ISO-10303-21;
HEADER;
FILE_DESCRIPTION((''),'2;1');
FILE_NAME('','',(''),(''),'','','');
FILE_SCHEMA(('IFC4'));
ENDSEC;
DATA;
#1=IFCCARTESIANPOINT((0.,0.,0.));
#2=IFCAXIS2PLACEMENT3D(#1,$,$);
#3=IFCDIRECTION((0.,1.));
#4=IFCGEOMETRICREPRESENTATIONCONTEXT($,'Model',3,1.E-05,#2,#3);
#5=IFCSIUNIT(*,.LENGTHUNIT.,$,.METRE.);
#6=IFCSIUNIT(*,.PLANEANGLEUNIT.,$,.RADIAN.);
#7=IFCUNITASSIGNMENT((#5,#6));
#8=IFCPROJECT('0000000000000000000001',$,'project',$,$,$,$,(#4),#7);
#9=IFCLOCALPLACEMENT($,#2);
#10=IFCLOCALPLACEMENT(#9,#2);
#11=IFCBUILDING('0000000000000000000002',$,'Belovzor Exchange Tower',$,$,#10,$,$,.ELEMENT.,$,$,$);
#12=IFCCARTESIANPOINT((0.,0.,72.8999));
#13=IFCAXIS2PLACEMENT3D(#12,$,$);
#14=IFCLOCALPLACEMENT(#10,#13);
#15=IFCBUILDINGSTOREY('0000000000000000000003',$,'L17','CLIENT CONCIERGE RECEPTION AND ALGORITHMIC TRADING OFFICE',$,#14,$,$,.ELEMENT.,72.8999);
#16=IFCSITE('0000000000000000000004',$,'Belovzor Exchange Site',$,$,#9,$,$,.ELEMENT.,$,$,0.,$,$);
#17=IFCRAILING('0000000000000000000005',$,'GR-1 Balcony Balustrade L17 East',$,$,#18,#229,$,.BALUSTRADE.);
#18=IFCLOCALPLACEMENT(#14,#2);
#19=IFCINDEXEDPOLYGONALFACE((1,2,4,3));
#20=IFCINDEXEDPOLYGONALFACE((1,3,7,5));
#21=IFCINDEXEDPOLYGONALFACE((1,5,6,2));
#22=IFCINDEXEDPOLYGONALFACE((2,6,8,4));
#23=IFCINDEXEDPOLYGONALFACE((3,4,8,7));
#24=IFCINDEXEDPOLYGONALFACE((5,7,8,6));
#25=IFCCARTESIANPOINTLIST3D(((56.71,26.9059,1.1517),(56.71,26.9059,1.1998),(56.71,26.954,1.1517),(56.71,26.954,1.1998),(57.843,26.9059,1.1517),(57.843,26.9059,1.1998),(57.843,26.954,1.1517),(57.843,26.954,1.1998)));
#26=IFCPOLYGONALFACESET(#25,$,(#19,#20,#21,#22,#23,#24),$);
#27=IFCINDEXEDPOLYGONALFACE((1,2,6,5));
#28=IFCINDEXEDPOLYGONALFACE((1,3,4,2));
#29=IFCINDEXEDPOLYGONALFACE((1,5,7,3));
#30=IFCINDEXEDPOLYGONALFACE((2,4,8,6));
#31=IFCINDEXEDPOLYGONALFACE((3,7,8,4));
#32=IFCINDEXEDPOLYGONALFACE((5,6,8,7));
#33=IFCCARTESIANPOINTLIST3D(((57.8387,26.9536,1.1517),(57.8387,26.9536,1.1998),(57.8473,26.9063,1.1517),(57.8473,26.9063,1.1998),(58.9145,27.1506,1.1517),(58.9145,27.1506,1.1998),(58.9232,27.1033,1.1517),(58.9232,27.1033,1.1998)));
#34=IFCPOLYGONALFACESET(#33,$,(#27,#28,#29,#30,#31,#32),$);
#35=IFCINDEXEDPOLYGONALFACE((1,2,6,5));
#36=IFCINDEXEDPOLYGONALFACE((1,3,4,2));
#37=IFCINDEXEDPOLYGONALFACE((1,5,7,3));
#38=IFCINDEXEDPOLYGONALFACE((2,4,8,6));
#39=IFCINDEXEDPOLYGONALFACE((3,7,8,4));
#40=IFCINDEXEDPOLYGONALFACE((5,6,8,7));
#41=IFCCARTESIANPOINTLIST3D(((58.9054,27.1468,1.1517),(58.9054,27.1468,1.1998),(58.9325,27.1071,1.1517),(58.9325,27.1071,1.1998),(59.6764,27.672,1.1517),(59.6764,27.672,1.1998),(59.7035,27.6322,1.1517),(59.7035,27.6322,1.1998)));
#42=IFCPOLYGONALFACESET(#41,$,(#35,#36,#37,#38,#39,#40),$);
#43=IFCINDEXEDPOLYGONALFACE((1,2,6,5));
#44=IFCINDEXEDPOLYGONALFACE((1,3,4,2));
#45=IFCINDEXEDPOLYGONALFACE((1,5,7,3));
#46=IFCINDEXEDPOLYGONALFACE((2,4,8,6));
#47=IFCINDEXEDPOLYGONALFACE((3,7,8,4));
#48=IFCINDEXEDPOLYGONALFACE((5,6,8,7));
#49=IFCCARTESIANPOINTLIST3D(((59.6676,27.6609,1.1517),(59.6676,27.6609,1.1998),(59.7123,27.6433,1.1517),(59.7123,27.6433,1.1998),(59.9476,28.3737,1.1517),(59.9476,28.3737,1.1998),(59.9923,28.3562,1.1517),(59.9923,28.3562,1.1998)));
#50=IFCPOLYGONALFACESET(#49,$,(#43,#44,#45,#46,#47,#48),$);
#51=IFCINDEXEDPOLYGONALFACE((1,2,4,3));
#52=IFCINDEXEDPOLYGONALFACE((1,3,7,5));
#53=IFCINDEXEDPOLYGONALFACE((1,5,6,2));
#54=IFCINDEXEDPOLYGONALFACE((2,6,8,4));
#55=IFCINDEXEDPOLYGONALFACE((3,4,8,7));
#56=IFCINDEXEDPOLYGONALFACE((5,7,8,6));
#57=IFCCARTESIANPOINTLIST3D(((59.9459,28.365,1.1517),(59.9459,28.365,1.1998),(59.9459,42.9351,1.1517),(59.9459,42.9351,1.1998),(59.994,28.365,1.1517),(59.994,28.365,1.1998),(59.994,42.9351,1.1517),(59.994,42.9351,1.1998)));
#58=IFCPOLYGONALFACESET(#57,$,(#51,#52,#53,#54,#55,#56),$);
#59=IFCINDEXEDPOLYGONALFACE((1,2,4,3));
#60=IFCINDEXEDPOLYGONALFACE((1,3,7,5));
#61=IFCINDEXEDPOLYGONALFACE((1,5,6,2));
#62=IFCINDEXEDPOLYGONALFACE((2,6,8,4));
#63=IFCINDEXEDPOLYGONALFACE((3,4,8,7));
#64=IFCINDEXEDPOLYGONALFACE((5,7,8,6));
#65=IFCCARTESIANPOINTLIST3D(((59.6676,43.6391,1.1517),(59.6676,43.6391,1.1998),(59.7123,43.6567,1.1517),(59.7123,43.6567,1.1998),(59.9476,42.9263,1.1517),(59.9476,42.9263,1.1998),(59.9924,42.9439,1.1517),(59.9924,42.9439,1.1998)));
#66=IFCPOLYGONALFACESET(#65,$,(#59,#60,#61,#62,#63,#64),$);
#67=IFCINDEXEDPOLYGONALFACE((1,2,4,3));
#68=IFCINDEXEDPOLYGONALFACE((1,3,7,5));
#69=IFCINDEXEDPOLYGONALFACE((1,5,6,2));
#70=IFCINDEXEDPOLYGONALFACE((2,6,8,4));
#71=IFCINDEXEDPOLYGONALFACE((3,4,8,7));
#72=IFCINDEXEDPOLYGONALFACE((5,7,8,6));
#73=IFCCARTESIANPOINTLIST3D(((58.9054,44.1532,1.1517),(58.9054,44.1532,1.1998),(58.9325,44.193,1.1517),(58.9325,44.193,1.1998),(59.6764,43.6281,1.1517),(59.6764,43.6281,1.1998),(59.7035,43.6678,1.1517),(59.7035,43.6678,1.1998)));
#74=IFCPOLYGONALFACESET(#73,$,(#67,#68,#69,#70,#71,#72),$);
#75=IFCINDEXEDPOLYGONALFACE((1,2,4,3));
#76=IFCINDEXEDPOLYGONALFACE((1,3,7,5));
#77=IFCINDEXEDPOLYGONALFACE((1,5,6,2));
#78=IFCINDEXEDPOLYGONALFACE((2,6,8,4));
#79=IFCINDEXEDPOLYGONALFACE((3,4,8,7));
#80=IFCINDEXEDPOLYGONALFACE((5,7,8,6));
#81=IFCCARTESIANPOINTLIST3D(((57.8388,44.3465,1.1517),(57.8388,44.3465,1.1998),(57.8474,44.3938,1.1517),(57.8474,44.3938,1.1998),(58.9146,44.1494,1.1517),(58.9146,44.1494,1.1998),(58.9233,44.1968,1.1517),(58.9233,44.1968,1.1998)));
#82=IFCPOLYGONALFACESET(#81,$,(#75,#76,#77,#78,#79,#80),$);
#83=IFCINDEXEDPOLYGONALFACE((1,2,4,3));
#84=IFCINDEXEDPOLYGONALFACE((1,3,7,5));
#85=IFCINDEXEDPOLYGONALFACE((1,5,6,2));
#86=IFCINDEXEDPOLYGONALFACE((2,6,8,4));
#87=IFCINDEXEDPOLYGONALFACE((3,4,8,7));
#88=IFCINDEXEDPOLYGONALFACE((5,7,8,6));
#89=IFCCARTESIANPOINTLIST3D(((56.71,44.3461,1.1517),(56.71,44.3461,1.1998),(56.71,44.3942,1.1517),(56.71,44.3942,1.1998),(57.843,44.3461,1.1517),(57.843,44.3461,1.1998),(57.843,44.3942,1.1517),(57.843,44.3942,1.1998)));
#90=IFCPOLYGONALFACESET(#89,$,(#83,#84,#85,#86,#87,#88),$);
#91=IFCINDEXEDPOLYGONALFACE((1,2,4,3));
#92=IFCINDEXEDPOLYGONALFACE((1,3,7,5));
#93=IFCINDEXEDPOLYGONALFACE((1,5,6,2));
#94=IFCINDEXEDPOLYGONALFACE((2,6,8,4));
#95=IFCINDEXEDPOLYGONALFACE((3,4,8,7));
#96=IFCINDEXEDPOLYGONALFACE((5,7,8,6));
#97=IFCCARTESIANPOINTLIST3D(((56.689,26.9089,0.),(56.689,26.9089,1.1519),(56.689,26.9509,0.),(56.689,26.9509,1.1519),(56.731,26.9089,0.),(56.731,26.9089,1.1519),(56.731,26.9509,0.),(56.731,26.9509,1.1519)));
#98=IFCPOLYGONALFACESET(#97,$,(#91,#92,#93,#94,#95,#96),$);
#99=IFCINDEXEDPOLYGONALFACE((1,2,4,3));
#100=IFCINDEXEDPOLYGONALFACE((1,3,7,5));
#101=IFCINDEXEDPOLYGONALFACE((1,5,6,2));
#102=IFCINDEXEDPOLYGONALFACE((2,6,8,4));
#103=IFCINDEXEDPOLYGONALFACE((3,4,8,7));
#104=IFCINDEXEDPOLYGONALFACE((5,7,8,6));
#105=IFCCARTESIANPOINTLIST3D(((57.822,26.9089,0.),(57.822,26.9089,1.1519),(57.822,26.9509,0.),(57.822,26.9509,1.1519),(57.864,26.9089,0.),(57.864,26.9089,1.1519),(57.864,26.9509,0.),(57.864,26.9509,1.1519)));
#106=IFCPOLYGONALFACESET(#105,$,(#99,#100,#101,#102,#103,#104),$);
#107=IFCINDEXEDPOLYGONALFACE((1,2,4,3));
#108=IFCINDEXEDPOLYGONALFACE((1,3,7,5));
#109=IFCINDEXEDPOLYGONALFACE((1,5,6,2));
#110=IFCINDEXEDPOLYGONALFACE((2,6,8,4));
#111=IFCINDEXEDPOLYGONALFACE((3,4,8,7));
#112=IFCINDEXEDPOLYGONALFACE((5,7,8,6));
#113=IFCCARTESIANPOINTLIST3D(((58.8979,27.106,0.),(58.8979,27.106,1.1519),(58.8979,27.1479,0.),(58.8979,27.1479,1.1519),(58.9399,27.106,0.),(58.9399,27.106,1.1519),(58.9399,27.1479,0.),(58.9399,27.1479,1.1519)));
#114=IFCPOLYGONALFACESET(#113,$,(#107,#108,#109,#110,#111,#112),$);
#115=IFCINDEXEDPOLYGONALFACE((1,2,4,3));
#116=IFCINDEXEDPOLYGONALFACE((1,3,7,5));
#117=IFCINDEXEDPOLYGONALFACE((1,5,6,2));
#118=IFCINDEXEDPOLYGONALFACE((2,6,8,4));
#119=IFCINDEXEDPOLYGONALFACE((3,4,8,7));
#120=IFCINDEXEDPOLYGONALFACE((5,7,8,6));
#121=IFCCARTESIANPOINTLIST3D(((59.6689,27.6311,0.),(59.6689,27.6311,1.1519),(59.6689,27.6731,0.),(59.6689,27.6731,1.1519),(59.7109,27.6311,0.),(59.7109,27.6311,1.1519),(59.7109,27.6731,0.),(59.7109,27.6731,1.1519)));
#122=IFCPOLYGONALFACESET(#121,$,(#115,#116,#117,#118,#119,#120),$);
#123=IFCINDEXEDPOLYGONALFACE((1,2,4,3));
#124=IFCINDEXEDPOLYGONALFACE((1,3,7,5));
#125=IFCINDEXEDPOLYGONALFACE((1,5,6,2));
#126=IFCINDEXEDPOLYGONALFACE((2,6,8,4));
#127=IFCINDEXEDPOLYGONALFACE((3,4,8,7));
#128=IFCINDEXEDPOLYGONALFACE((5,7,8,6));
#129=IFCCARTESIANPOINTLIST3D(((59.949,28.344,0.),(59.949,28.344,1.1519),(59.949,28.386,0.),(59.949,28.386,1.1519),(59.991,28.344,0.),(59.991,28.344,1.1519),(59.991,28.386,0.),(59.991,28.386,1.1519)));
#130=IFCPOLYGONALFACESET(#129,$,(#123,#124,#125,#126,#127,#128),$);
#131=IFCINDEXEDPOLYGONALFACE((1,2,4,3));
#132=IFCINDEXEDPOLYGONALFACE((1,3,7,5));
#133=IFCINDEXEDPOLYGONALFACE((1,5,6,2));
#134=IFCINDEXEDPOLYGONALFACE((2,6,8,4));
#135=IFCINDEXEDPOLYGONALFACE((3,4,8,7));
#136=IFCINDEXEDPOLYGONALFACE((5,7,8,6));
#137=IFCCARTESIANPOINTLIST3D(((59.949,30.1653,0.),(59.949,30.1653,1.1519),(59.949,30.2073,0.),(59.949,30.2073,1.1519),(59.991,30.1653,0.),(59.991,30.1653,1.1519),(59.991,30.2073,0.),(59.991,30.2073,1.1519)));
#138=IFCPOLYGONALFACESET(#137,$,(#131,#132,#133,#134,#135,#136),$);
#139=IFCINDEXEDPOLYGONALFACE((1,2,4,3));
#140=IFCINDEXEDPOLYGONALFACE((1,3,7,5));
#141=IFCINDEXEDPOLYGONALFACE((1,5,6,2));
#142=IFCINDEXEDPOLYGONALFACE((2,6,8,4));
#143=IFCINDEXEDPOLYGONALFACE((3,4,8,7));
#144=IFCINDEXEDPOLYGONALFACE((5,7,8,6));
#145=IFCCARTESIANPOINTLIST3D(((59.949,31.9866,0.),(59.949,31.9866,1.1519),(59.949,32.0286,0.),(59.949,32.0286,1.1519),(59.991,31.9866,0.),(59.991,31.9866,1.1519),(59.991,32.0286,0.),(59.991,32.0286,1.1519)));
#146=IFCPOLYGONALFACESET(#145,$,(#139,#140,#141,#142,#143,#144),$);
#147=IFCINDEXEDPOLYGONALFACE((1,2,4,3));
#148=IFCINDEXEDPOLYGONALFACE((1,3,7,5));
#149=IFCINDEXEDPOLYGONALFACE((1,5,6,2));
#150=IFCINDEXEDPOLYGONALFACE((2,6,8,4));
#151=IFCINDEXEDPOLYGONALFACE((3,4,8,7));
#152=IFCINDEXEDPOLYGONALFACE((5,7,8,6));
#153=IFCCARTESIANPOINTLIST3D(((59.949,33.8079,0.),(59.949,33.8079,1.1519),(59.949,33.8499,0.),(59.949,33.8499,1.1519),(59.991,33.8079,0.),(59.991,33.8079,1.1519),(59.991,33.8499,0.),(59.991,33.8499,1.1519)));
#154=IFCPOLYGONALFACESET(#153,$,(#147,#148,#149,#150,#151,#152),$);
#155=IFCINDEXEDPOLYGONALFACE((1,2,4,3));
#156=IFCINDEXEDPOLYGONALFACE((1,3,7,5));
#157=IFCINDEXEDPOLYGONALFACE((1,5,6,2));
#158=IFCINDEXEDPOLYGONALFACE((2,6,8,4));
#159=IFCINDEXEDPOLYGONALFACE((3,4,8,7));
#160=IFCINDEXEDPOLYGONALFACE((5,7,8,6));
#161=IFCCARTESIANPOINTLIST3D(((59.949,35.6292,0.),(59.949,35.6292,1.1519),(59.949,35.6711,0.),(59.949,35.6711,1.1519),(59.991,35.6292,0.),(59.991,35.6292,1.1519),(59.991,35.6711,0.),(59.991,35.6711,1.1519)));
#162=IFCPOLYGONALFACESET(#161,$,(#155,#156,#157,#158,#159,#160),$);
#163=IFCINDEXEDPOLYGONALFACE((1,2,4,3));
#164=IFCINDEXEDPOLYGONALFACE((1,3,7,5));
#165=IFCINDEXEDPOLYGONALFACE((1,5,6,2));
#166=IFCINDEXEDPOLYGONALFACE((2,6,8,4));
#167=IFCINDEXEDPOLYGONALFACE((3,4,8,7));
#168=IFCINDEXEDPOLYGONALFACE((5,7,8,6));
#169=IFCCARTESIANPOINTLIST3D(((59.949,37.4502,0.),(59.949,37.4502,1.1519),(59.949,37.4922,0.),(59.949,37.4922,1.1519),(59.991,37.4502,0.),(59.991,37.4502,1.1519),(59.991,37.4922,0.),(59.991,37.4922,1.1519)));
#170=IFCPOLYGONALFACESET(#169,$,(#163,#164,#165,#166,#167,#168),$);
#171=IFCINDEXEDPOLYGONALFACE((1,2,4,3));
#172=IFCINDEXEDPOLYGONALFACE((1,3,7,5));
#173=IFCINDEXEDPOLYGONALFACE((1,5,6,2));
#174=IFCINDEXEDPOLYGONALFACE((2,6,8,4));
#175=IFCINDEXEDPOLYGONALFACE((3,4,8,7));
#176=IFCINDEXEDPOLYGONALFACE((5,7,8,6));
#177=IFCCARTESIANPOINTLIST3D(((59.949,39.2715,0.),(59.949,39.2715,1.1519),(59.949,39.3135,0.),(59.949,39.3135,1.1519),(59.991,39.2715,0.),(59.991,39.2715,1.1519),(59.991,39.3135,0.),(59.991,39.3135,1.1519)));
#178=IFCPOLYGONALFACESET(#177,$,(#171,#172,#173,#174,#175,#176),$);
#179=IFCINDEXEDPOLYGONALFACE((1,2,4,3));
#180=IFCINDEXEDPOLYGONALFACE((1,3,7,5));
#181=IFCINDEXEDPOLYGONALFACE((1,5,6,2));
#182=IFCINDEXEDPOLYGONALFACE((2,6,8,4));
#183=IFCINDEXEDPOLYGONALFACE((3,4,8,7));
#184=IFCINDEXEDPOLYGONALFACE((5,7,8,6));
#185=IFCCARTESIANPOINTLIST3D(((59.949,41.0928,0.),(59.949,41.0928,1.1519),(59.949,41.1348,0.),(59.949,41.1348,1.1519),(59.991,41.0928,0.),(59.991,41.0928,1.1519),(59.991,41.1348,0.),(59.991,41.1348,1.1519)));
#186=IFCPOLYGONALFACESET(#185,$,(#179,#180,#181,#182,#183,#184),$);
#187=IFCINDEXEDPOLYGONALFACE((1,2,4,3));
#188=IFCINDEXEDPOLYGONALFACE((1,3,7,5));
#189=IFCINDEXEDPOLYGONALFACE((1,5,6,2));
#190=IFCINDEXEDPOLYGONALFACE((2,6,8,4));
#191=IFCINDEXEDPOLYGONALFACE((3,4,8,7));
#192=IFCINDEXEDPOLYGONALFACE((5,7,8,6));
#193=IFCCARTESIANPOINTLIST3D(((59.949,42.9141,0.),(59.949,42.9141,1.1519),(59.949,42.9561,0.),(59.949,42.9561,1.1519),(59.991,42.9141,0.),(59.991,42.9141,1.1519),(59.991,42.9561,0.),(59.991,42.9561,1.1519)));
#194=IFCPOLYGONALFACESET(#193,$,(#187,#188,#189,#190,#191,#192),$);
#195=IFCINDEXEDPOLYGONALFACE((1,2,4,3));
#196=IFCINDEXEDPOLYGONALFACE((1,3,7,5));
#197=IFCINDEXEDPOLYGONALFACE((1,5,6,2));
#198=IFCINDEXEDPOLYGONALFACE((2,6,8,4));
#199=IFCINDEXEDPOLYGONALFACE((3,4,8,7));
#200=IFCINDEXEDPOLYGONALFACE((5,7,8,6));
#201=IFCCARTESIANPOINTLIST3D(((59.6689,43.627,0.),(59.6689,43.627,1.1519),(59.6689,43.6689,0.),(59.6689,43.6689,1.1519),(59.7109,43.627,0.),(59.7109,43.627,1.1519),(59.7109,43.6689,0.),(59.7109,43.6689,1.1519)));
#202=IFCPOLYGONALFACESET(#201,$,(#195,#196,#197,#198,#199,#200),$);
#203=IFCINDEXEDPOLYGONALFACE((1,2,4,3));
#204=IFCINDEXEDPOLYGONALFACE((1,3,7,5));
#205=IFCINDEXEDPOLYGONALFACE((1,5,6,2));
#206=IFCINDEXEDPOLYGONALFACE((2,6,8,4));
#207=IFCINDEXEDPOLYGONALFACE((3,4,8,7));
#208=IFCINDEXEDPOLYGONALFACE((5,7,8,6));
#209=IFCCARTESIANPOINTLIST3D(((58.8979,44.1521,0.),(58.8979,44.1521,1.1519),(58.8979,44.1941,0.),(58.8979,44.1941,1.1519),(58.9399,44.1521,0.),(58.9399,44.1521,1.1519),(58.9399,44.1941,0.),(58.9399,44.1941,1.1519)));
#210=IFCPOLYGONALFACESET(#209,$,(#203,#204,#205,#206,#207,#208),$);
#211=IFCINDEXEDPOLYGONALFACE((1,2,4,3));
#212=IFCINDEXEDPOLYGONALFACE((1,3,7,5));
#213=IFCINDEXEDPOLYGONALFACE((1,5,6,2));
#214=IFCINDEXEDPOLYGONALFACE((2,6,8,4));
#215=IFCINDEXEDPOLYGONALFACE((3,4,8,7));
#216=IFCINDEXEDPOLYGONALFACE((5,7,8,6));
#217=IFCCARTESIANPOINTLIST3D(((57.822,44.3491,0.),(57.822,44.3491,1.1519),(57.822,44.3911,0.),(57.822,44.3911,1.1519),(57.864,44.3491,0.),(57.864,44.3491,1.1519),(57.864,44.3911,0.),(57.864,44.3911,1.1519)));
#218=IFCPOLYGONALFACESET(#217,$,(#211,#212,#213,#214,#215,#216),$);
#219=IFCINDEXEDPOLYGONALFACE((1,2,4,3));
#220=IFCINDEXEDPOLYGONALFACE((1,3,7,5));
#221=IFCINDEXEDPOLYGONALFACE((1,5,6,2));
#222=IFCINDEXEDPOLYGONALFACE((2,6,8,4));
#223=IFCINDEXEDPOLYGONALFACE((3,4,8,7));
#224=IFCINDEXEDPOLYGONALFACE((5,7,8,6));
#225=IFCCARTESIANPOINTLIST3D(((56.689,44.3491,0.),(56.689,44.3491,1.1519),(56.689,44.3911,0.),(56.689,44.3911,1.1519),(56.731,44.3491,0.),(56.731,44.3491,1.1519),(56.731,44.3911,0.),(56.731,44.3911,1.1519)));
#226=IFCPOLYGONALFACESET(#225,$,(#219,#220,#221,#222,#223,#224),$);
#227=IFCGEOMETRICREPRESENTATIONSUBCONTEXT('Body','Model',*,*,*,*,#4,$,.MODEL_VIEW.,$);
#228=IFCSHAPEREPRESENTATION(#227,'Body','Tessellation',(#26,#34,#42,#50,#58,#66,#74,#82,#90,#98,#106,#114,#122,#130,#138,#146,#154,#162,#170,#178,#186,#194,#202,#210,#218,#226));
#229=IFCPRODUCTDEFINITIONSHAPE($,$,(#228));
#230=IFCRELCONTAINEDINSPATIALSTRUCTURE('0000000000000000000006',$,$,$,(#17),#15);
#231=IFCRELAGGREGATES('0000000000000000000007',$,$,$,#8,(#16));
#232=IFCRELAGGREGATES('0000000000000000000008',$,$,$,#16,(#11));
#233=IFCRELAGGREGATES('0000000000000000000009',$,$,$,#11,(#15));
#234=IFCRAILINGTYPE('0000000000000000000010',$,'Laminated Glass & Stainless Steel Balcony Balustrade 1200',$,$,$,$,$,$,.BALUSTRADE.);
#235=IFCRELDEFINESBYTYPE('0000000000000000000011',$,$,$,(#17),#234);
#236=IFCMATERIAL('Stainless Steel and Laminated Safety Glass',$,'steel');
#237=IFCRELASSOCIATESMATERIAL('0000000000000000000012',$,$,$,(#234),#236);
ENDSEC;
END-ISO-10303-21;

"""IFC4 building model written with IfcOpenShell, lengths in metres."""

from ifc_helpers import new_model, si_unit, direction, frame, origin, origin_2d, place, context, subcontext, project, spatial, rectangle, extrude, material, type_object, element, save


model = new_model("IFC4")

# Units and contexts
model_context = context("Model", 3, precision=1e-05, world=origin(), true_north=direction((0.0, 1.0)))
body_context = subcontext(model_context, "Body", "Model", "MODEL_VIEW")
ifc_project = project(units=[si_unit("LENGTHUNIT", "METRE"), si_unit("PLANEANGLEUNIT", "RADIAN")], contexts=[model_context])

# Site, building, storey
site_placement = place(None, origin())
site = spatial("IfcSite", under=ifc_project, at=site_placement, Name="Belovzor Exchange Site", CompositionType="ELEMENT", RefElevation=0.0)
building_placement = place(site_placement, origin())
building = spatial("IfcBuilding", under=site, at=building_placement, Name="Belovzor Exchange Tower", CompositionType="ELEMENT")
storey_placement = place(building_placement, frame((0.0, 0.0, 72.8999)))
storey = spatial("IfcBuildingStorey", under=building, at=storey_placement, Name="L17", Description="CLIENT CONCIERGE RECEPTION AND ALGORITHMIC TRADING OFFICE", CompositionType="ELEMENT", Elevation=72.8999)

# Railing
ifc_material_1 = material(Name="Stainless Steel and Laminated Safety Glass", Category="steel")
railing_type = type_object("IfcRailingType", Name="Laminated Glass & Stainless Steel Balcony Balustrade 1200", PredefinedType="BALUSTRADE", material=ifc_material_1)
railing_placement = place(storey_placement, frame((56.71, 26.9299, 0.0)))
element("IfcRailing", 1, at=railing_placement, inside=storey, type_object=railing_type, Name="GR-1 Balcony Balustrade L17 East", PredefinedType="BALUSTRADE", context=body_context, shape_type="SweptSolid", body=[
    extrude(rectangle(XDim=0.0481, YDim=0.0481, at=origin_2d()), frame((0.0, 0.0, 1.1758), z_axis=(1.0, 0.0, 0.0), x_axis=(0.0, 1.0, 0.0)), (0.0, 0.0, 1.0), 1.1331),
    extrude(rectangle(XDim=0.0481, YDim=0.0481, at=origin_2d()), frame((1.1331, 0.0, 1.1758), z_axis=(0.983644, 0.180123, 0.0), x_axis=(-0.180123, 0.983644, 0.0)), (0.0, 0.0, 1.0), 1.0938),
    extrude(rectangle(XDim=0.0481, YDim=0.0481, at=origin_2d()), frame((2.209, 0.197, 1.1758), z_axis=(0.826493, 0.562947, 0.0), x_axis=(-0.562947, 0.826493, 0.0)), (0.0, 0.0, 1.0), 0.9329),
    extrude(rectangle(XDim=0.0481, YDim=0.0481, at=origin_2d()), frame((2.98, 0.7222, 1.1758), z_axis=(0.365613, 0.930767, 0.0), x_axis=(-0.930767, 0.365613, 0.0)), (0.0, 0.0, 1.0), 0.7659),
    extrude(rectangle(XDim=0.0481, YDim=0.0481, at=origin_2d()), frame((3.26, 1.4351, 1.1758), z_axis=(0.0, 1.0, 0.0), x_axis=(-1.0, 0.0, 0.0)), (0.0, 0.0, 1.0), 14.5701),
    extrude(rectangle(XDim=0.0481, YDim=0.0481, at=origin_2d()), frame((3.26, 16.0051, 1.1758), z_axis=(-0.365613, 0.930767, 0.0), x_axis=(-0.930767, -0.365613, 0.0)), (0.0, 0.0, 1.0), 0.7659),
    extrude(rectangle(XDim=0.0481, YDim=0.0481, at=origin_2d()), frame((2.98, 16.718, 1.1758), z_axis=(-0.826493, 0.562947, 0.0), x_axis=(-0.562947, -0.826493, 0.0)), (0.0, 0.0, 1.0), 0.9329),
    extrude(rectangle(XDim=0.0481, YDim=0.0481, at=origin_2d()), frame((2.209, 17.2432, 1.1758), z_axis=(-0.983644, 0.180123, 0.0), x_axis=(-0.180123, -0.983644, 0.0)), (0.0, 0.0, 1.0), 1.0938),
    extrude(rectangle(XDim=0.0481, YDim=0.0481, at=origin_2d()), frame((1.1331, 17.4402, 1.1758), z_axis=(-1.0, 0.0, 0.0), x_axis=(0.0, -1.0, 0.0)), (0.0, 0.0, 1.0), 1.1331),
    extrude(rectangle(XDim=0.042, YDim=0.042, at=origin_2d()), origin(), (0.0, 0.0, 1.0), 1.1519),
    extrude(rectangle(XDim=0.042, YDim=0.042, at=origin_2d()), frame((1.1331, 0.0, 0.0)), (0.0, 0.0, 1.0), 1.1519),
    extrude(rectangle(XDim=0.042, YDim=0.042, at=origin_2d()), frame((2.209, 0.197, 0.0)), (0.0, 0.0, 1.0), 1.1519),
    extrude(rectangle(XDim=0.042, YDim=0.042, at=origin_2d()), frame((2.98, 0.7222, 0.0)), (0.0, 0.0, 1.0), 1.1519),
    extrude(rectangle(XDim=0.042, YDim=0.042, at=origin_2d()), frame((3.26, 1.4351, 0.0)), (0.0, 0.0, 1.0), 1.1519),
    extrude(rectangle(XDim=0.042, YDim=0.042, at=origin_2d()), frame((3.26, 3.2563, 0.0)), (0.0, 0.0, 1.0), 1.1519),
    extrude(rectangle(XDim=0.042, YDim=0.042, at=origin_2d()), frame((3.26, 5.0776, 0.0)), (0.0, 0.0, 1.0), 1.1519),
    extrude(rectangle(XDim=0.042, YDim=0.042, at=origin_2d()), frame((3.26, 6.8989, 0.0)), (0.0, 0.0, 1.0), 1.1519),
    extrude(rectangle(XDim=0.042, YDim=0.042, at=origin_2d()), frame((3.26, 8.7202, 0.0)), (0.0, 0.0, 1.0), 1.1519),
    extrude(rectangle(XDim=0.042, YDim=0.042, at=origin_2d()), frame((3.26, 10.5413, 0.0)), (0.0, 0.0, 1.0), 1.1519),
    extrude(rectangle(XDim=0.042, YDim=0.042, at=origin_2d()), frame((3.26, 12.3625, 0.0)), (0.0, 0.0, 1.0), 1.1519),
    extrude(rectangle(XDim=0.042, YDim=0.042, at=origin_2d()), frame((3.26, 14.1838, 0.0)), (0.0, 0.0, 1.0), 1.1519),
    extrude(rectangle(XDim=0.042, YDim=0.042, at=origin_2d()), frame((3.26, 16.0051, 0.0)), (0.0, 0.0, 1.0), 1.1519),
    extrude(rectangle(XDim=0.042, YDim=0.042, at=origin_2d()), frame((2.98, 16.718, 0.0)), (0.0, 0.0, 1.0), 1.1519),
    extrude(rectangle(XDim=0.042, YDim=0.042, at=origin_2d()), frame((2.209, 17.2432, 0.0)), (0.0, 0.0, 1.0), 1.1519),
    extrude(rectangle(XDim=0.042, YDim=0.042, at=origin_2d()), frame((1.1331, 17.4402, 0.0)), (0.0, 0.0, 1.0), 1.1519),
    extrude(rectangle(XDim=0.042, YDim=0.042, at=origin_2d()), frame((0.0, 17.4402, 0.0)), (0.0, 0.0, 1.0), 1.1519),
])

save(model, "model.ifc")
